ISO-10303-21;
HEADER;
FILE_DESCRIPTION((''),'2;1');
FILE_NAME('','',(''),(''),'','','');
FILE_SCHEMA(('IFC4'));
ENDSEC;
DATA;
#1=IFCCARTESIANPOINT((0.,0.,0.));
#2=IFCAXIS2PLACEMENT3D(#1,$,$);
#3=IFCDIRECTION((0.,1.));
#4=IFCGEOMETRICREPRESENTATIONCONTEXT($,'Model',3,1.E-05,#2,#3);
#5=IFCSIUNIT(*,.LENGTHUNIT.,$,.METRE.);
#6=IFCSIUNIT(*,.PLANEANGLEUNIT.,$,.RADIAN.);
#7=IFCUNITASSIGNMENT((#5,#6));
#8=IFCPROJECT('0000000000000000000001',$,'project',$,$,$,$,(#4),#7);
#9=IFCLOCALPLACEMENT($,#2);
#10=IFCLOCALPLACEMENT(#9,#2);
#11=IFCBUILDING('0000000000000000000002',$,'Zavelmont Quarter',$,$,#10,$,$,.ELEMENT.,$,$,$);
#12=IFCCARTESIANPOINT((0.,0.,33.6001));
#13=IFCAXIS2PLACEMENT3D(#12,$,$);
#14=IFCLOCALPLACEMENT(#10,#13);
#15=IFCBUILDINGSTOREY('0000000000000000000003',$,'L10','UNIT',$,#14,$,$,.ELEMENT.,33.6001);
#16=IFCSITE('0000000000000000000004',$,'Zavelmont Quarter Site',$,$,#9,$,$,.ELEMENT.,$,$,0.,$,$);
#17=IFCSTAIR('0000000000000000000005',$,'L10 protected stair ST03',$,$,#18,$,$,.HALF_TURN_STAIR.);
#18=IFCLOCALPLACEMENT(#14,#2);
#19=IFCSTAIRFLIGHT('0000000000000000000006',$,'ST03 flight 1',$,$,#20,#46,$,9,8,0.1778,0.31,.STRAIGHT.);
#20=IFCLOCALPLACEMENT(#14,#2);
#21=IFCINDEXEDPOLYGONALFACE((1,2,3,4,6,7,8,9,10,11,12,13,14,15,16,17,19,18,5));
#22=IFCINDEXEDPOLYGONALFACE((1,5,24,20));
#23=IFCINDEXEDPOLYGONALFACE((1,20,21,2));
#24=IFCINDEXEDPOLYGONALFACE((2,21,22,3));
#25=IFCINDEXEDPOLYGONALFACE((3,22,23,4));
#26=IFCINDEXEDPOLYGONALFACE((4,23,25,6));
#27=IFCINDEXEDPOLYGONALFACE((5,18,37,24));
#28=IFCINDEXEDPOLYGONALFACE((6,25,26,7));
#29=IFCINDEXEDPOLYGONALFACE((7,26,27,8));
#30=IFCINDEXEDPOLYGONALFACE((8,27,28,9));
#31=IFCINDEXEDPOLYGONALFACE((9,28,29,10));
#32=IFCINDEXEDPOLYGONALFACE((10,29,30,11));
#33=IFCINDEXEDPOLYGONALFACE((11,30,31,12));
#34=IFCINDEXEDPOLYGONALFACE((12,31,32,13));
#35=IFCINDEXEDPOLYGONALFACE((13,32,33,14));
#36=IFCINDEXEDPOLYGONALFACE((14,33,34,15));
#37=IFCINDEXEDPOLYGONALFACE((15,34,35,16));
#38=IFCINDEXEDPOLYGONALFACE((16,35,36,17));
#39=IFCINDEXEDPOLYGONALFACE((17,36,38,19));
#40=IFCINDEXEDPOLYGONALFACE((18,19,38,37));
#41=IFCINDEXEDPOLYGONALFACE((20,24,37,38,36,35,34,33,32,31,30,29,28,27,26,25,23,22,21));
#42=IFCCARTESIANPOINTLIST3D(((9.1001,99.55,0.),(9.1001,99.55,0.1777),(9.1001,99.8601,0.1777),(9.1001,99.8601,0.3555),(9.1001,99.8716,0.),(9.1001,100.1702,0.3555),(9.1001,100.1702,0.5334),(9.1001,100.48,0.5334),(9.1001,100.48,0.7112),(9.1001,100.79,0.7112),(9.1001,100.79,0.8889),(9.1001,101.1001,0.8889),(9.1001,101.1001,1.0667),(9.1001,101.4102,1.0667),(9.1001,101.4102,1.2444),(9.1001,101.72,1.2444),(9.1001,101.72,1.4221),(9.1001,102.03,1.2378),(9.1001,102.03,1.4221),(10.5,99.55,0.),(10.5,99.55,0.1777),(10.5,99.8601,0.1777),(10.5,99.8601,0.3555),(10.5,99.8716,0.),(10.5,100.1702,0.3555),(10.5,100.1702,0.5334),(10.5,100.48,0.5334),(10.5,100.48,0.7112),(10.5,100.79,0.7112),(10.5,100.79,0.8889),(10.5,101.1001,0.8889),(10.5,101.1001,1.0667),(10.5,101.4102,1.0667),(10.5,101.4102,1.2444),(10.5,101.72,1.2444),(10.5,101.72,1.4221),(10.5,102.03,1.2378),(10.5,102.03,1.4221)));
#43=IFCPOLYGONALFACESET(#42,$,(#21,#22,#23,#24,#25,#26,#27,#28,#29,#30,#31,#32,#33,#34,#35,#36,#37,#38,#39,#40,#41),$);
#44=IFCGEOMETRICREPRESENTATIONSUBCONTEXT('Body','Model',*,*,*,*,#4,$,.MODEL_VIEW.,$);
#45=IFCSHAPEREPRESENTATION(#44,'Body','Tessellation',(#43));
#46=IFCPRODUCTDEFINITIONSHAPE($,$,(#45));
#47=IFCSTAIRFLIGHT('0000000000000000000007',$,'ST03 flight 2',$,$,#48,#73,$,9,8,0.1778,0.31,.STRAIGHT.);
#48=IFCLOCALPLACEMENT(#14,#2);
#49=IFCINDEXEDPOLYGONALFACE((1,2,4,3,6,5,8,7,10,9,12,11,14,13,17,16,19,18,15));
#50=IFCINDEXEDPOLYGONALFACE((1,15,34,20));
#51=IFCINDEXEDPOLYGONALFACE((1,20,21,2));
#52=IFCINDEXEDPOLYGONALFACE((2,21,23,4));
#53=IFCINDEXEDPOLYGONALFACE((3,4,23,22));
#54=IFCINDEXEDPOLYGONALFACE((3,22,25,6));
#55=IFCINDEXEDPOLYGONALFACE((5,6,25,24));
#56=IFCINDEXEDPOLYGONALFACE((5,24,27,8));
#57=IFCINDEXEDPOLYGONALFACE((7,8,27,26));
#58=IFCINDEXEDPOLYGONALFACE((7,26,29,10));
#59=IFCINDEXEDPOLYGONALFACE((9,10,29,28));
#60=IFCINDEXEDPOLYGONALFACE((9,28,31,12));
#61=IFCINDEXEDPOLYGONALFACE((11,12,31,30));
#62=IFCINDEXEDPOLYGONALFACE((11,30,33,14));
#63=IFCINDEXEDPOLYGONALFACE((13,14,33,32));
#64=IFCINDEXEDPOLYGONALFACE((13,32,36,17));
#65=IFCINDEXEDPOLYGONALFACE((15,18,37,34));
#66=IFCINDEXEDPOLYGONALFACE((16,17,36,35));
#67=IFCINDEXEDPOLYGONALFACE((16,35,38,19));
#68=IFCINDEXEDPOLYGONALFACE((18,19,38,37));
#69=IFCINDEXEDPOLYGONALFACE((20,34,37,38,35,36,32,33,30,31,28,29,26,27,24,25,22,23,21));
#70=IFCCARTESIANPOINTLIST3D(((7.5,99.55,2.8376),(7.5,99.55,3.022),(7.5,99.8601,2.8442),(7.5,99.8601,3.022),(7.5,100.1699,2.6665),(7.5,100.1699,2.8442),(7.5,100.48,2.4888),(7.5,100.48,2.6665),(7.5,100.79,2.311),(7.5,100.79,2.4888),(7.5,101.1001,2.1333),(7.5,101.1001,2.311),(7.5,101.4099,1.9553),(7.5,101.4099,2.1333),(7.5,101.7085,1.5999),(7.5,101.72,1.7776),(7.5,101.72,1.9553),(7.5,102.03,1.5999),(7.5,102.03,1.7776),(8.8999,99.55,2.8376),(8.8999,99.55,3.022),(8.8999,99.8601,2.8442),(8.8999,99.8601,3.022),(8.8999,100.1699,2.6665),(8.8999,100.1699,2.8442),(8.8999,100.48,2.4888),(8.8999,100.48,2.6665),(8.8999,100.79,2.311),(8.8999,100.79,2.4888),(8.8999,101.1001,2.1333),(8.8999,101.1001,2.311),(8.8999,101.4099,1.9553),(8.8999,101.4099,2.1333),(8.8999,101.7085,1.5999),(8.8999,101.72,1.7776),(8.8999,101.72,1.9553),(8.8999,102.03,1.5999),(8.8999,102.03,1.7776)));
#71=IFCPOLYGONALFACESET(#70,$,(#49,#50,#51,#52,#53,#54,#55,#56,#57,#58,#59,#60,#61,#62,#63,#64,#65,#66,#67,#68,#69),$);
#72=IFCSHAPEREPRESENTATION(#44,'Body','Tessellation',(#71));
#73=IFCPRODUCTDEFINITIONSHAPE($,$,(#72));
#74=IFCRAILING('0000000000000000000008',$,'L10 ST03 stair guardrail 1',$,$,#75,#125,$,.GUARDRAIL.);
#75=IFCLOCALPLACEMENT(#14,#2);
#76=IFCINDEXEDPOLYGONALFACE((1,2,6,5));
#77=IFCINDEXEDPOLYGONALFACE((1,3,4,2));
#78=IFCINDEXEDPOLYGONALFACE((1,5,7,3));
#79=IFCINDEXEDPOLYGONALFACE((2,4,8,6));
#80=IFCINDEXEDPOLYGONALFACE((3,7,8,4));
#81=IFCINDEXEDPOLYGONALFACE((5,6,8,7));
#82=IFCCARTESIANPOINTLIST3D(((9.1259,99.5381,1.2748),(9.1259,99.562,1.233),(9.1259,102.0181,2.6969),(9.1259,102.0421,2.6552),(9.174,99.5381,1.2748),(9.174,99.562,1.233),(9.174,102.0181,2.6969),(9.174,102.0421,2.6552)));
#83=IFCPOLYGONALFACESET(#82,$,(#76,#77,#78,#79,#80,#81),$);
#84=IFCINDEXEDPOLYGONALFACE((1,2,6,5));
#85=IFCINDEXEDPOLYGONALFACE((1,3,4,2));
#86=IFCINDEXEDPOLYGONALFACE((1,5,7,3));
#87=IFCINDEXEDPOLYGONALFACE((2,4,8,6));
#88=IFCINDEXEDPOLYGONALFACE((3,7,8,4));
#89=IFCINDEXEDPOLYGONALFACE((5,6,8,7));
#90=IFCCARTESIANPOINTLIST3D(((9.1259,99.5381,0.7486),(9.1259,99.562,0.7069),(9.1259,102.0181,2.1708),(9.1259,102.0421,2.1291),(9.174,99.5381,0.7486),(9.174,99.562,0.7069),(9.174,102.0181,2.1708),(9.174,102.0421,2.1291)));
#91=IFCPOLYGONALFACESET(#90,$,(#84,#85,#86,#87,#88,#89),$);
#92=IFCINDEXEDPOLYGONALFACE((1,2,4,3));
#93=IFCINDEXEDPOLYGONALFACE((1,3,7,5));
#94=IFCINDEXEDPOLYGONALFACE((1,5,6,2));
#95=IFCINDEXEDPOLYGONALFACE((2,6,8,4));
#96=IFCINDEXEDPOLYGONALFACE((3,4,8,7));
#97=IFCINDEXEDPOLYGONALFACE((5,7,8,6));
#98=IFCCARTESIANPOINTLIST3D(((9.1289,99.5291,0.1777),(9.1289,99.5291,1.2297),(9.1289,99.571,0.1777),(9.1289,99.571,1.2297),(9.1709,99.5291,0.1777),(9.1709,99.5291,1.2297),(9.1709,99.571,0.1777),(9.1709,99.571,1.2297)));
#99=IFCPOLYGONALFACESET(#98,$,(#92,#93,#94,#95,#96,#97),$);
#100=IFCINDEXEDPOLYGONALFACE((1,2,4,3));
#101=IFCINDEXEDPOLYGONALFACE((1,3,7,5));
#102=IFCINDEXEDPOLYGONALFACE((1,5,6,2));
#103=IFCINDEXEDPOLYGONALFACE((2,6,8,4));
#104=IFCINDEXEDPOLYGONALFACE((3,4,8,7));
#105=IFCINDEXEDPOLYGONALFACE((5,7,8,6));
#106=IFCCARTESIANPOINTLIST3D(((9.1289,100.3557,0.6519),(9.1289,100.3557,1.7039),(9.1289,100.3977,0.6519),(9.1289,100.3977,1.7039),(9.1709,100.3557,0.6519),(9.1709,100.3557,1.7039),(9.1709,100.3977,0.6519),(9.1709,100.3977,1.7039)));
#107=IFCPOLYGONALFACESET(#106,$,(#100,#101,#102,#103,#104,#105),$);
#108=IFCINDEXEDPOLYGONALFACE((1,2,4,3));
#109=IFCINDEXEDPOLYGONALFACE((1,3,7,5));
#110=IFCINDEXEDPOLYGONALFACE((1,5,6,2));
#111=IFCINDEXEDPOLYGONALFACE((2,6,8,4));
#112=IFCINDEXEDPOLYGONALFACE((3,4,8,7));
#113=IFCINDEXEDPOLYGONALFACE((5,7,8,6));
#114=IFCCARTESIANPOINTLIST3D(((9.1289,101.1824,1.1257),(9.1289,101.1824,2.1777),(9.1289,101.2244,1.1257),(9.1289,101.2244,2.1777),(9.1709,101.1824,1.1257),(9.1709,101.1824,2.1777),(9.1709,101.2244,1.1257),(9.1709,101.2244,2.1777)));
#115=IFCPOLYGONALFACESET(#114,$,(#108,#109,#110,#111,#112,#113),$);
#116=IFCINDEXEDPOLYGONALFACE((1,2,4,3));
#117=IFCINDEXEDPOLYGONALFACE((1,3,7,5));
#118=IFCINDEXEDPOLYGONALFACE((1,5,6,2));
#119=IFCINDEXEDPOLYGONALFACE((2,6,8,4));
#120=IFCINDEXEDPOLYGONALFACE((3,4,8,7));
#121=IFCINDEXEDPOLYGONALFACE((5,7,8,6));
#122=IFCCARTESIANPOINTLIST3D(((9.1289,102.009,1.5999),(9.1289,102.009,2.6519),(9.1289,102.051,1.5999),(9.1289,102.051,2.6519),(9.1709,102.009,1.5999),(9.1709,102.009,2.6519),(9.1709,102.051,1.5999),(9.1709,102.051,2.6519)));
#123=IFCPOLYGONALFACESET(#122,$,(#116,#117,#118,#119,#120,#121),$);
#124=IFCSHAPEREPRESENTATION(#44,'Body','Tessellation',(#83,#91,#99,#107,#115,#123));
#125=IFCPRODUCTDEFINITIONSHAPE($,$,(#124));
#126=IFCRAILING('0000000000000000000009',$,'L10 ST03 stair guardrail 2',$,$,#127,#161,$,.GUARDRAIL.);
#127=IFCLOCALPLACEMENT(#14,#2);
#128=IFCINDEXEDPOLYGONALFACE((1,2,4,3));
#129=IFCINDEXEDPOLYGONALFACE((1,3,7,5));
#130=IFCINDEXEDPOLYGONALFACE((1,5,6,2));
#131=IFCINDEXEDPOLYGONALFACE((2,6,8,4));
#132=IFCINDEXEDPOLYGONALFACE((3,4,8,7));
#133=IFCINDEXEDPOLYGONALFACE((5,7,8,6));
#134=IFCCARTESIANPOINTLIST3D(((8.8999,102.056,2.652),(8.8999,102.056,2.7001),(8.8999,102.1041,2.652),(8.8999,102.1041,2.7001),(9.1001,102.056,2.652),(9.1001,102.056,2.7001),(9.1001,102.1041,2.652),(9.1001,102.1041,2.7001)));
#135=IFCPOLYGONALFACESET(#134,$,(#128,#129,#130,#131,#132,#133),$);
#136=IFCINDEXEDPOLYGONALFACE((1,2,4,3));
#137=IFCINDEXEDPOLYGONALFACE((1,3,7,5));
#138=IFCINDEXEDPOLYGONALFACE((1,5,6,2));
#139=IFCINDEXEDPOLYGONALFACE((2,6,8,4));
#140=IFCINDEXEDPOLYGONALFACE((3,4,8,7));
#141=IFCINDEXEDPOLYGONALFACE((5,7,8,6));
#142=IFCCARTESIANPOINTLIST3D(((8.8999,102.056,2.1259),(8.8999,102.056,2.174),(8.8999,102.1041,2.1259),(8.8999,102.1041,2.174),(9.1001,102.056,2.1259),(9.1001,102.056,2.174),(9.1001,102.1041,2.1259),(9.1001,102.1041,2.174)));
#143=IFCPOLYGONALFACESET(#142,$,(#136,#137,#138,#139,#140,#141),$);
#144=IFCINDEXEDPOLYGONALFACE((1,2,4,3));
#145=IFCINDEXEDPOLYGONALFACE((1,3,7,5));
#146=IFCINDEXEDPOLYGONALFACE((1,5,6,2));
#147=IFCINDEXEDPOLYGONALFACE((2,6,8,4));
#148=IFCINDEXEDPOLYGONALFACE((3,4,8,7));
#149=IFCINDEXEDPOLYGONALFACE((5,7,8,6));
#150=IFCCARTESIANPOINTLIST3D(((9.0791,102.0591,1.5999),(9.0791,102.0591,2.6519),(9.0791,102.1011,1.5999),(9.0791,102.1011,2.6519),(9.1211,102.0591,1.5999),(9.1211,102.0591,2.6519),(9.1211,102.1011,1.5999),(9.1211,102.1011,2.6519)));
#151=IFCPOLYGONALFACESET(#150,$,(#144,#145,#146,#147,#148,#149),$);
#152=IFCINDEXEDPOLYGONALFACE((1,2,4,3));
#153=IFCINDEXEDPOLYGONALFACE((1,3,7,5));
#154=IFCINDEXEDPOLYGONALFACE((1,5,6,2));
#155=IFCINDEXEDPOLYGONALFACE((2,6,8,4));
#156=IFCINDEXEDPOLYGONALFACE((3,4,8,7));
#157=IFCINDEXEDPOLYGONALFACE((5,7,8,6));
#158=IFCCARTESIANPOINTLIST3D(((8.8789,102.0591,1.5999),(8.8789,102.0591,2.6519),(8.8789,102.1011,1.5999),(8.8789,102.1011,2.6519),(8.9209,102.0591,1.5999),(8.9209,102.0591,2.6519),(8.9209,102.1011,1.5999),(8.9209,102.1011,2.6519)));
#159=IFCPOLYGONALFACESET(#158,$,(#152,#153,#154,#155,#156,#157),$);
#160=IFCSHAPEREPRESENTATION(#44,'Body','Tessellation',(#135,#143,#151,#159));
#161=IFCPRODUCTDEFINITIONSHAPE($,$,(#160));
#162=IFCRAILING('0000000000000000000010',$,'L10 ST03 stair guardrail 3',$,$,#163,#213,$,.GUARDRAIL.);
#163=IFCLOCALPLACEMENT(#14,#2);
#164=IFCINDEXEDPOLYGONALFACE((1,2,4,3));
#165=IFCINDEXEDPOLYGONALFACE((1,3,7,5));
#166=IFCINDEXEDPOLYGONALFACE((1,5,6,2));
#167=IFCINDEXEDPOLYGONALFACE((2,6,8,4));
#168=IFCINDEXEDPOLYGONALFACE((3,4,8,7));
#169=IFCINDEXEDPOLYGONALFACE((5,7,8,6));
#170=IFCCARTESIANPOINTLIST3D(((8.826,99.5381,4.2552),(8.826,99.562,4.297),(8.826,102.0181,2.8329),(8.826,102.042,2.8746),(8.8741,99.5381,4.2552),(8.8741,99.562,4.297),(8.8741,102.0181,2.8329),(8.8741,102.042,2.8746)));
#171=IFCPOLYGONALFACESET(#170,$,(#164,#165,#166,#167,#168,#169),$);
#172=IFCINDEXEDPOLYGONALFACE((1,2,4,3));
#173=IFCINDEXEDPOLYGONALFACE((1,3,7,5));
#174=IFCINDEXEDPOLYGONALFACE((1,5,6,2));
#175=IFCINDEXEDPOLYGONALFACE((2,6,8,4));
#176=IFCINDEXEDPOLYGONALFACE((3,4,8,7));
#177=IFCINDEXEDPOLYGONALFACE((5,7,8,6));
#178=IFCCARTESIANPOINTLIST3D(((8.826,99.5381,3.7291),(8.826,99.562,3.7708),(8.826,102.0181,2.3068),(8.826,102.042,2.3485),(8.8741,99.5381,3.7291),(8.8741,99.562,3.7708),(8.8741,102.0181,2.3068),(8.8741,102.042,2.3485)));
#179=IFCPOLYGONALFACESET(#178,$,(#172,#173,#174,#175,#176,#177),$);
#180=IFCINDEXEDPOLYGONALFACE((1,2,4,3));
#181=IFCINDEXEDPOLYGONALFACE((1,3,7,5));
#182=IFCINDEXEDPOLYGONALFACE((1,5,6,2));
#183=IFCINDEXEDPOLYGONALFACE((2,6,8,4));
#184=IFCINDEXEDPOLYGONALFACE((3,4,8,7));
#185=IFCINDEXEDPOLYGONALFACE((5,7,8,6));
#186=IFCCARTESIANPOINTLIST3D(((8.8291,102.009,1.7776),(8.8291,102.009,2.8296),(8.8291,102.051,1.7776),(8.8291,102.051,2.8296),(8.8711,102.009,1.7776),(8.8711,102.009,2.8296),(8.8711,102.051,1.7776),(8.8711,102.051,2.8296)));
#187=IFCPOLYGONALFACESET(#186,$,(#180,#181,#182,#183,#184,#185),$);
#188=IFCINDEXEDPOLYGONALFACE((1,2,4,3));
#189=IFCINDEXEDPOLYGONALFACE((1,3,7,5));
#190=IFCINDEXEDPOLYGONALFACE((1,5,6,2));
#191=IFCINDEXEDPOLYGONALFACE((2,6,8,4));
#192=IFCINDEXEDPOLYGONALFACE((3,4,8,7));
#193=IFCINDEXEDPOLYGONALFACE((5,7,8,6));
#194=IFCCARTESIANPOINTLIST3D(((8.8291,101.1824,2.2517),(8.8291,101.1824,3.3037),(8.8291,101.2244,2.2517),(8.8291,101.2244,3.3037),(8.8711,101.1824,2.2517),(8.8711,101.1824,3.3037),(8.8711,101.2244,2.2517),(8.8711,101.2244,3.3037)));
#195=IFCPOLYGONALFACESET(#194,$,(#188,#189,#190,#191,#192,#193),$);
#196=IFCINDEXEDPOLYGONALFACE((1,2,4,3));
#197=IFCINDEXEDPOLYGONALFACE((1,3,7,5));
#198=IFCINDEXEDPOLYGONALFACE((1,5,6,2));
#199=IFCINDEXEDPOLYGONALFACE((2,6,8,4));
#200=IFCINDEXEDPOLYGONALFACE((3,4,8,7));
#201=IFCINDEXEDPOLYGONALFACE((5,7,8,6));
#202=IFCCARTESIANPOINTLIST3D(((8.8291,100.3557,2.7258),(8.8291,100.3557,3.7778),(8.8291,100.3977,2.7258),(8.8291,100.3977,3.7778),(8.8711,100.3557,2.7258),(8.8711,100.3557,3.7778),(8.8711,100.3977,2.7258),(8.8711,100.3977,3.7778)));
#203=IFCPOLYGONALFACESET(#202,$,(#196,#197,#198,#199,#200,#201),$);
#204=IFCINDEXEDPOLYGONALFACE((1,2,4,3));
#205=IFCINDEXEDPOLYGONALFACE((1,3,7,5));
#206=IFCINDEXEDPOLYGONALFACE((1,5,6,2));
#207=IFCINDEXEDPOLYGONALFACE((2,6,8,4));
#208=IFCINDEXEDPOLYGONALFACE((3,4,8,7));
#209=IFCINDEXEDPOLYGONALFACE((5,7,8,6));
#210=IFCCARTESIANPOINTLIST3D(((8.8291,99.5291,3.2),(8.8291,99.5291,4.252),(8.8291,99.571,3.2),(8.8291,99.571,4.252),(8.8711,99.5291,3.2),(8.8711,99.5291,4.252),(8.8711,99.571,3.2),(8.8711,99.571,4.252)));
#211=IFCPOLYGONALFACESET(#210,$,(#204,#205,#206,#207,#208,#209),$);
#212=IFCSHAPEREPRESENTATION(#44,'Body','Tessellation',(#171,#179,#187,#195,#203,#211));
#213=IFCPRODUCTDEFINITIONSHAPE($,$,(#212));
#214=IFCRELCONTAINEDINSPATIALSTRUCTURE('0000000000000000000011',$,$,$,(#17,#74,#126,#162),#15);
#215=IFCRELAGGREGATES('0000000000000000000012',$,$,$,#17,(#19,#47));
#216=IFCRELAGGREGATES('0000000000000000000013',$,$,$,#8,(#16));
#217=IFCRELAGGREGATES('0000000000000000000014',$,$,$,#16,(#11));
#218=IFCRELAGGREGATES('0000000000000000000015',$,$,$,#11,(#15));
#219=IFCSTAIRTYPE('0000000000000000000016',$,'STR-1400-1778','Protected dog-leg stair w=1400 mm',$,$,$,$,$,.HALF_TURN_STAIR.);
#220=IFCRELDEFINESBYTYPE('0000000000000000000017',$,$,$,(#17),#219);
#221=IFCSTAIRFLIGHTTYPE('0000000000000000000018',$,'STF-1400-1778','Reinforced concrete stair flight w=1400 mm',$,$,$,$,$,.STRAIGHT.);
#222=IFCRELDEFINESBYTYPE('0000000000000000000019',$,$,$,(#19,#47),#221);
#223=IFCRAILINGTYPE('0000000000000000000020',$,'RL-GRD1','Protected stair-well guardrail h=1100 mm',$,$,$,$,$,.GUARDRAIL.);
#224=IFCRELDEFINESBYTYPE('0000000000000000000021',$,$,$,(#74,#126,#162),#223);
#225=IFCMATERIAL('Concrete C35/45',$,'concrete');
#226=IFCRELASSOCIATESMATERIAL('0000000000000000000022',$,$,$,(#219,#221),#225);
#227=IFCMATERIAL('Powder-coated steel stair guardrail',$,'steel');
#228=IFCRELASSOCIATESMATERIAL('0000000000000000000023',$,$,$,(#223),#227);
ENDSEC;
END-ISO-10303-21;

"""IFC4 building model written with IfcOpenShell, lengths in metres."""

from ifc_helpers import new_model, si_unit, direction, frame, origin, origin_2d, place, context, subcontext, project, spatial, polyline, rectangle, outline, extrude, material, type_object, element, aggregate, save


model = new_model("IFC4")

# Units and contexts
model_context = context("Model", 3, precision=1e-05, world=origin(), true_north=direction((0.0, 1.0)))
body_context = subcontext(model_context, "Body", "Model", "MODEL_VIEW")
ifc_project = project(units=[si_unit("LENGTHUNIT", "METRE"), si_unit("PLANEANGLEUNIT", "RADIAN")], contexts=[model_context])

# Site, building, storey
site_placement = place(None, origin())
site = spatial("IfcSite", under=ifc_project, at=site_placement, Name="Zavelmont Quarter Site", CompositionType="ELEMENT", RefElevation=0.0)
building_placement = place(site_placement, origin())
building = spatial("IfcBuilding", under=site, at=building_placement, Name="Zavelmont Quarter", CompositionType="ELEMENT")
storey_placement = place(building_placement, frame((0.0, 0.0, 33.6001)))
storey = spatial("IfcBuildingStorey", under=building, at=storey_placement, Name="L10", Description="UNIT", CompositionType="ELEMENT", Elevation=33.6001)

# Shared definitions
ifc_material_1 = material(Name="Concrete C35/45", Category="concrete")

# Stair, stair flights
stair_type = type_object("IfcStairType", Name="STR-1400-1778", Description="Protected dog-leg stair w=1400 mm", PredefinedType="HALF_TURN_STAIR", material=ifc_material_1)
stair_placement = place(storey_placement, origin())
stair = element("IfcStair", 1, at=stair_placement, inside=storey, type_object=stair_type, Name="L10 protected stair ST03", PredefinedType="HALF_TURN_STAIR")
stair_flight_type = type_object("IfcStairFlightType", Name="STF-1400-1778", Description="Reinforced concrete stair flight w=1400 mm", PredefinedType="STRAIGHT", material=ifc_material_1)
stair_flight_1_placement = place(storey_placement, frame((9.8, 99.55, 0.0), z_axis=(0.0, 0.0, 1.0), x_axis=(0.0, 1.0, 0.0)))
stair_flight_1 = element("IfcStairFlight", 2, at=stair_flight_1_placement, type_object=stair_flight_type, Name="ST03 flight 1", NumberOfRisers=9, NumberOfTreads=8, PredefinedType="STRAIGHT", RiserHeight=0.1778, TreadLength=0.31, context=body_context, shape_type="SweptSolid", body=[
    extrude(outline(polyline([(0.0, 0.0), (0.0, 0.1777), (0.3101, 0.1777), (0.3101, 0.3555), (0.6201, 0.3555), (0.6201, 0.5334), (0.9299, 0.5334), (0.9299, 0.7112), (1.24, 0.7112), (1.24, 0.8889), (1.55, 0.8889), (1.55, 1.0667), (1.8601, 1.0667), (1.8601, 1.2444), (2.1699, 1.2444), (2.1699, 1.4221), (2.48, 1.4221), (2.48, 1.6001), (2.48, 1.2378), (0.3215, 0.0), (0.0, 0.0)])), frame((0.0, 0.7, 0.0), z_axis=(0.0, -1.0, 0.0), x_axis=(1.0, 0.0, 0.0)), (0.0, 0.0, 1.0), 1.3999),
])
stair_flight_2_placement = place(storey_placement, frame((8.2, 102.03, 1.5999), z_axis=(0.0, 0.0, 1.0), x_axis=(0.0, -1.0, 0.0)))
stair_flight_2 = element("IfcStairFlight", 3, at=stair_flight_2_placement, type_object=stair_flight_type, Name="ST03 flight 2", NumberOfRisers=9, NumberOfTreads=8, PredefinedType="STRAIGHT", RiserHeight=0.1778, TreadLength=0.31, context=body_context, shape_type="SweptSolid", body=[
    extrude(outline(polyline([(0.0, 0.0), (0.0, 0.1777), (0.3101, 0.1777), (0.3101, 0.3555), (0.6201, 0.3555), (0.6201, 0.5334), (0.9299, 0.5334), (0.9299, 0.7112), (1.24, 0.7112), (1.24, 0.8889), (1.55, 0.8889), (1.55, 1.0667), (1.8601, 1.0667), (1.8601, 1.2444), (2.1699, 1.2444), (2.1699, 1.4221), (2.48, 1.4221), (2.48, 1.6001), (2.48, 1.2378), (0.3215, 0.0), (0.0, 0.0)])), frame((0.0, 0.7, 0.0), z_axis=(0.0, -1.0, 0.0), x_axis=(1.0, 0.0, 0.0)), (0.0, 0.0, 1.0), 1.3999),
])
aggregate(stair, [stair_flight_1, stair_flight_2])

# Railings
ifc_material_2 = material(Name="Powder-coated steel stair guardrail", Category="steel")
railing_type_1 = type_object("IfcRailingType", Name="RL-GRD1", Description="Protected stair-well guardrail h=1100 mm", PredefinedType="GUARDRAIL", material=ifc_material_2)
railing_1_placement = place(storey_placement, frame((9.1499, 99.55, 0.1777)))
element("IfcRailing", 4, at=railing_1_placement, inside=storey, type_object=railing_type_1, Name="L10 ST03 stair guardrail 1", PredefinedType="GUARDRAIL", context=body_context, shape_type="SweptSolid", body=[
    extrude(rectangle(XDim=0.0481, YDim=0.0481, at=origin_2d()), frame((0.0, 0.0, 1.0762), z_axis=(0.0, 0.867491, 0.497454), x_axis=(-1.0, 0.0, 0.0)), (0.0, 0.0, 1.0), 2.8589),
    extrude(rectangle(XDim=0.0481, YDim=0.0481, at=origin_2d()), frame((0.0, 0.0, 0.55), z_axis=(0.0, 0.867491, 0.497454), x_axis=(-1.0, 0.0, 0.0)), (0.0, 0.0, 1.0), 2.8589),
    extrude(rectangle(XDim=0.042, YDim=0.042, at=origin_2d()), origin(), (0.0, 0.0, 1.0), 1.052),
    extrude(rectangle(XDim=0.042, YDim=0.042, at=origin_2d()), frame((0.0, 0.8267, 0.4741)), (0.0, 0.0, 1.0), 1.052),
    extrude(rectangle(XDim=0.042, YDim=0.042, at=origin_2d()), frame((0.0, 1.6533, 0.948)), (0.0, 0.0, 1.0), 1.052),
    extrude(rectangle(XDim=0.042, YDim=0.042, at=origin_2d()), frame((0.0, 2.48, 1.4221)), (0.0, 0.0, 1.0), 1.052),
])
railing_2_placement = place(storey_placement, frame((9.1001, 102.0801, 1.5999)))
element("IfcRailing", 5, at=railing_2_placement, inside=storey, type_object=railing_type_1, Name="L10 ST03 stair guardrail 2", PredefinedType="GUARDRAIL", context=body_context, shape_type="SweptSolid", body=[
    extrude(rectangle(XDim=0.0481, YDim=0.0481, at=origin_2d()), frame((0.0, 0.0, 1.0762), z_axis=(-1.0, 0.0, 0.0), x_axis=(0.0, -1.0, 0.0)), (0.0, 0.0, 1.0), 0.2002),
    extrude(rectangle(XDim=0.0481, YDim=0.0481, at=origin_2d()), frame((0.0, 0.0, 0.55), z_axis=(-1.0, 0.0, 0.0), x_axis=(0.0, -1.0, 0.0)), (0.0, 0.0, 1.0), 0.2002),
    extrude(rectangle(XDim=0.042, YDim=0.042, at=origin_2d()), origin(), (0.0, 0.0, 1.0), 1.052),
    extrude(rectangle(XDim=0.042, YDim=0.042, at=origin_2d()), frame((-0.2002, 0.0, 0.0)), (0.0, 0.0, 1.0), 1.052),
])
railing_3_placement = place(storey_placement, frame((8.8501, 102.03, 1.7776)))
element("IfcRailing", 6, at=railing_3_placement, inside=storey, type_object=railing_type_1, Name="L10 ST03 stair guardrail 3", PredefinedType="GUARDRAIL", context=body_context, shape_type="SweptSolid", body=[
    extrude(rectangle(XDim=0.0481, YDim=0.0481, at=origin_2d()), frame((0.0, 0.0, 1.0762), z_axis=(0.0, -0.867454, 0.497518), x_axis=(1.0, 0.0, 0.0)), (0.0, 0.0, 1.0), 2.8589),
    extrude(rectangle(XDim=0.0481, YDim=0.0481, at=origin_2d()), frame((0.0, 0.0, 0.55), z_axis=(0.0, -0.867454, 0.497518), x_axis=(1.0, 0.0, 0.0)), (0.0, 0.0, 1.0), 2.8589),
    extrude(rectangle(XDim=0.042, YDim=0.042, at=origin_2d()), origin(), (0.0, 0.0, 1.0), 1.052),
    extrude(rectangle(XDim=0.042, YDim=0.042, at=origin_2d()), frame((0.0, -0.8267, 0.4741)), (0.0, 0.0, 1.0), 1.052),
    extrude(rectangle(XDim=0.042, YDim=0.042, at=origin_2d()), frame((0.0, -1.6533, 0.9482)), (0.0, 0.0, 1.0), 1.052),
    extrude(rectangle(XDim=0.042, YDim=0.042, at=origin_2d()), frame((0.0, -2.48, 1.4224)), (0.0, 0.0, 1.0), 1.052),
])

save(model, "model.ifc")
